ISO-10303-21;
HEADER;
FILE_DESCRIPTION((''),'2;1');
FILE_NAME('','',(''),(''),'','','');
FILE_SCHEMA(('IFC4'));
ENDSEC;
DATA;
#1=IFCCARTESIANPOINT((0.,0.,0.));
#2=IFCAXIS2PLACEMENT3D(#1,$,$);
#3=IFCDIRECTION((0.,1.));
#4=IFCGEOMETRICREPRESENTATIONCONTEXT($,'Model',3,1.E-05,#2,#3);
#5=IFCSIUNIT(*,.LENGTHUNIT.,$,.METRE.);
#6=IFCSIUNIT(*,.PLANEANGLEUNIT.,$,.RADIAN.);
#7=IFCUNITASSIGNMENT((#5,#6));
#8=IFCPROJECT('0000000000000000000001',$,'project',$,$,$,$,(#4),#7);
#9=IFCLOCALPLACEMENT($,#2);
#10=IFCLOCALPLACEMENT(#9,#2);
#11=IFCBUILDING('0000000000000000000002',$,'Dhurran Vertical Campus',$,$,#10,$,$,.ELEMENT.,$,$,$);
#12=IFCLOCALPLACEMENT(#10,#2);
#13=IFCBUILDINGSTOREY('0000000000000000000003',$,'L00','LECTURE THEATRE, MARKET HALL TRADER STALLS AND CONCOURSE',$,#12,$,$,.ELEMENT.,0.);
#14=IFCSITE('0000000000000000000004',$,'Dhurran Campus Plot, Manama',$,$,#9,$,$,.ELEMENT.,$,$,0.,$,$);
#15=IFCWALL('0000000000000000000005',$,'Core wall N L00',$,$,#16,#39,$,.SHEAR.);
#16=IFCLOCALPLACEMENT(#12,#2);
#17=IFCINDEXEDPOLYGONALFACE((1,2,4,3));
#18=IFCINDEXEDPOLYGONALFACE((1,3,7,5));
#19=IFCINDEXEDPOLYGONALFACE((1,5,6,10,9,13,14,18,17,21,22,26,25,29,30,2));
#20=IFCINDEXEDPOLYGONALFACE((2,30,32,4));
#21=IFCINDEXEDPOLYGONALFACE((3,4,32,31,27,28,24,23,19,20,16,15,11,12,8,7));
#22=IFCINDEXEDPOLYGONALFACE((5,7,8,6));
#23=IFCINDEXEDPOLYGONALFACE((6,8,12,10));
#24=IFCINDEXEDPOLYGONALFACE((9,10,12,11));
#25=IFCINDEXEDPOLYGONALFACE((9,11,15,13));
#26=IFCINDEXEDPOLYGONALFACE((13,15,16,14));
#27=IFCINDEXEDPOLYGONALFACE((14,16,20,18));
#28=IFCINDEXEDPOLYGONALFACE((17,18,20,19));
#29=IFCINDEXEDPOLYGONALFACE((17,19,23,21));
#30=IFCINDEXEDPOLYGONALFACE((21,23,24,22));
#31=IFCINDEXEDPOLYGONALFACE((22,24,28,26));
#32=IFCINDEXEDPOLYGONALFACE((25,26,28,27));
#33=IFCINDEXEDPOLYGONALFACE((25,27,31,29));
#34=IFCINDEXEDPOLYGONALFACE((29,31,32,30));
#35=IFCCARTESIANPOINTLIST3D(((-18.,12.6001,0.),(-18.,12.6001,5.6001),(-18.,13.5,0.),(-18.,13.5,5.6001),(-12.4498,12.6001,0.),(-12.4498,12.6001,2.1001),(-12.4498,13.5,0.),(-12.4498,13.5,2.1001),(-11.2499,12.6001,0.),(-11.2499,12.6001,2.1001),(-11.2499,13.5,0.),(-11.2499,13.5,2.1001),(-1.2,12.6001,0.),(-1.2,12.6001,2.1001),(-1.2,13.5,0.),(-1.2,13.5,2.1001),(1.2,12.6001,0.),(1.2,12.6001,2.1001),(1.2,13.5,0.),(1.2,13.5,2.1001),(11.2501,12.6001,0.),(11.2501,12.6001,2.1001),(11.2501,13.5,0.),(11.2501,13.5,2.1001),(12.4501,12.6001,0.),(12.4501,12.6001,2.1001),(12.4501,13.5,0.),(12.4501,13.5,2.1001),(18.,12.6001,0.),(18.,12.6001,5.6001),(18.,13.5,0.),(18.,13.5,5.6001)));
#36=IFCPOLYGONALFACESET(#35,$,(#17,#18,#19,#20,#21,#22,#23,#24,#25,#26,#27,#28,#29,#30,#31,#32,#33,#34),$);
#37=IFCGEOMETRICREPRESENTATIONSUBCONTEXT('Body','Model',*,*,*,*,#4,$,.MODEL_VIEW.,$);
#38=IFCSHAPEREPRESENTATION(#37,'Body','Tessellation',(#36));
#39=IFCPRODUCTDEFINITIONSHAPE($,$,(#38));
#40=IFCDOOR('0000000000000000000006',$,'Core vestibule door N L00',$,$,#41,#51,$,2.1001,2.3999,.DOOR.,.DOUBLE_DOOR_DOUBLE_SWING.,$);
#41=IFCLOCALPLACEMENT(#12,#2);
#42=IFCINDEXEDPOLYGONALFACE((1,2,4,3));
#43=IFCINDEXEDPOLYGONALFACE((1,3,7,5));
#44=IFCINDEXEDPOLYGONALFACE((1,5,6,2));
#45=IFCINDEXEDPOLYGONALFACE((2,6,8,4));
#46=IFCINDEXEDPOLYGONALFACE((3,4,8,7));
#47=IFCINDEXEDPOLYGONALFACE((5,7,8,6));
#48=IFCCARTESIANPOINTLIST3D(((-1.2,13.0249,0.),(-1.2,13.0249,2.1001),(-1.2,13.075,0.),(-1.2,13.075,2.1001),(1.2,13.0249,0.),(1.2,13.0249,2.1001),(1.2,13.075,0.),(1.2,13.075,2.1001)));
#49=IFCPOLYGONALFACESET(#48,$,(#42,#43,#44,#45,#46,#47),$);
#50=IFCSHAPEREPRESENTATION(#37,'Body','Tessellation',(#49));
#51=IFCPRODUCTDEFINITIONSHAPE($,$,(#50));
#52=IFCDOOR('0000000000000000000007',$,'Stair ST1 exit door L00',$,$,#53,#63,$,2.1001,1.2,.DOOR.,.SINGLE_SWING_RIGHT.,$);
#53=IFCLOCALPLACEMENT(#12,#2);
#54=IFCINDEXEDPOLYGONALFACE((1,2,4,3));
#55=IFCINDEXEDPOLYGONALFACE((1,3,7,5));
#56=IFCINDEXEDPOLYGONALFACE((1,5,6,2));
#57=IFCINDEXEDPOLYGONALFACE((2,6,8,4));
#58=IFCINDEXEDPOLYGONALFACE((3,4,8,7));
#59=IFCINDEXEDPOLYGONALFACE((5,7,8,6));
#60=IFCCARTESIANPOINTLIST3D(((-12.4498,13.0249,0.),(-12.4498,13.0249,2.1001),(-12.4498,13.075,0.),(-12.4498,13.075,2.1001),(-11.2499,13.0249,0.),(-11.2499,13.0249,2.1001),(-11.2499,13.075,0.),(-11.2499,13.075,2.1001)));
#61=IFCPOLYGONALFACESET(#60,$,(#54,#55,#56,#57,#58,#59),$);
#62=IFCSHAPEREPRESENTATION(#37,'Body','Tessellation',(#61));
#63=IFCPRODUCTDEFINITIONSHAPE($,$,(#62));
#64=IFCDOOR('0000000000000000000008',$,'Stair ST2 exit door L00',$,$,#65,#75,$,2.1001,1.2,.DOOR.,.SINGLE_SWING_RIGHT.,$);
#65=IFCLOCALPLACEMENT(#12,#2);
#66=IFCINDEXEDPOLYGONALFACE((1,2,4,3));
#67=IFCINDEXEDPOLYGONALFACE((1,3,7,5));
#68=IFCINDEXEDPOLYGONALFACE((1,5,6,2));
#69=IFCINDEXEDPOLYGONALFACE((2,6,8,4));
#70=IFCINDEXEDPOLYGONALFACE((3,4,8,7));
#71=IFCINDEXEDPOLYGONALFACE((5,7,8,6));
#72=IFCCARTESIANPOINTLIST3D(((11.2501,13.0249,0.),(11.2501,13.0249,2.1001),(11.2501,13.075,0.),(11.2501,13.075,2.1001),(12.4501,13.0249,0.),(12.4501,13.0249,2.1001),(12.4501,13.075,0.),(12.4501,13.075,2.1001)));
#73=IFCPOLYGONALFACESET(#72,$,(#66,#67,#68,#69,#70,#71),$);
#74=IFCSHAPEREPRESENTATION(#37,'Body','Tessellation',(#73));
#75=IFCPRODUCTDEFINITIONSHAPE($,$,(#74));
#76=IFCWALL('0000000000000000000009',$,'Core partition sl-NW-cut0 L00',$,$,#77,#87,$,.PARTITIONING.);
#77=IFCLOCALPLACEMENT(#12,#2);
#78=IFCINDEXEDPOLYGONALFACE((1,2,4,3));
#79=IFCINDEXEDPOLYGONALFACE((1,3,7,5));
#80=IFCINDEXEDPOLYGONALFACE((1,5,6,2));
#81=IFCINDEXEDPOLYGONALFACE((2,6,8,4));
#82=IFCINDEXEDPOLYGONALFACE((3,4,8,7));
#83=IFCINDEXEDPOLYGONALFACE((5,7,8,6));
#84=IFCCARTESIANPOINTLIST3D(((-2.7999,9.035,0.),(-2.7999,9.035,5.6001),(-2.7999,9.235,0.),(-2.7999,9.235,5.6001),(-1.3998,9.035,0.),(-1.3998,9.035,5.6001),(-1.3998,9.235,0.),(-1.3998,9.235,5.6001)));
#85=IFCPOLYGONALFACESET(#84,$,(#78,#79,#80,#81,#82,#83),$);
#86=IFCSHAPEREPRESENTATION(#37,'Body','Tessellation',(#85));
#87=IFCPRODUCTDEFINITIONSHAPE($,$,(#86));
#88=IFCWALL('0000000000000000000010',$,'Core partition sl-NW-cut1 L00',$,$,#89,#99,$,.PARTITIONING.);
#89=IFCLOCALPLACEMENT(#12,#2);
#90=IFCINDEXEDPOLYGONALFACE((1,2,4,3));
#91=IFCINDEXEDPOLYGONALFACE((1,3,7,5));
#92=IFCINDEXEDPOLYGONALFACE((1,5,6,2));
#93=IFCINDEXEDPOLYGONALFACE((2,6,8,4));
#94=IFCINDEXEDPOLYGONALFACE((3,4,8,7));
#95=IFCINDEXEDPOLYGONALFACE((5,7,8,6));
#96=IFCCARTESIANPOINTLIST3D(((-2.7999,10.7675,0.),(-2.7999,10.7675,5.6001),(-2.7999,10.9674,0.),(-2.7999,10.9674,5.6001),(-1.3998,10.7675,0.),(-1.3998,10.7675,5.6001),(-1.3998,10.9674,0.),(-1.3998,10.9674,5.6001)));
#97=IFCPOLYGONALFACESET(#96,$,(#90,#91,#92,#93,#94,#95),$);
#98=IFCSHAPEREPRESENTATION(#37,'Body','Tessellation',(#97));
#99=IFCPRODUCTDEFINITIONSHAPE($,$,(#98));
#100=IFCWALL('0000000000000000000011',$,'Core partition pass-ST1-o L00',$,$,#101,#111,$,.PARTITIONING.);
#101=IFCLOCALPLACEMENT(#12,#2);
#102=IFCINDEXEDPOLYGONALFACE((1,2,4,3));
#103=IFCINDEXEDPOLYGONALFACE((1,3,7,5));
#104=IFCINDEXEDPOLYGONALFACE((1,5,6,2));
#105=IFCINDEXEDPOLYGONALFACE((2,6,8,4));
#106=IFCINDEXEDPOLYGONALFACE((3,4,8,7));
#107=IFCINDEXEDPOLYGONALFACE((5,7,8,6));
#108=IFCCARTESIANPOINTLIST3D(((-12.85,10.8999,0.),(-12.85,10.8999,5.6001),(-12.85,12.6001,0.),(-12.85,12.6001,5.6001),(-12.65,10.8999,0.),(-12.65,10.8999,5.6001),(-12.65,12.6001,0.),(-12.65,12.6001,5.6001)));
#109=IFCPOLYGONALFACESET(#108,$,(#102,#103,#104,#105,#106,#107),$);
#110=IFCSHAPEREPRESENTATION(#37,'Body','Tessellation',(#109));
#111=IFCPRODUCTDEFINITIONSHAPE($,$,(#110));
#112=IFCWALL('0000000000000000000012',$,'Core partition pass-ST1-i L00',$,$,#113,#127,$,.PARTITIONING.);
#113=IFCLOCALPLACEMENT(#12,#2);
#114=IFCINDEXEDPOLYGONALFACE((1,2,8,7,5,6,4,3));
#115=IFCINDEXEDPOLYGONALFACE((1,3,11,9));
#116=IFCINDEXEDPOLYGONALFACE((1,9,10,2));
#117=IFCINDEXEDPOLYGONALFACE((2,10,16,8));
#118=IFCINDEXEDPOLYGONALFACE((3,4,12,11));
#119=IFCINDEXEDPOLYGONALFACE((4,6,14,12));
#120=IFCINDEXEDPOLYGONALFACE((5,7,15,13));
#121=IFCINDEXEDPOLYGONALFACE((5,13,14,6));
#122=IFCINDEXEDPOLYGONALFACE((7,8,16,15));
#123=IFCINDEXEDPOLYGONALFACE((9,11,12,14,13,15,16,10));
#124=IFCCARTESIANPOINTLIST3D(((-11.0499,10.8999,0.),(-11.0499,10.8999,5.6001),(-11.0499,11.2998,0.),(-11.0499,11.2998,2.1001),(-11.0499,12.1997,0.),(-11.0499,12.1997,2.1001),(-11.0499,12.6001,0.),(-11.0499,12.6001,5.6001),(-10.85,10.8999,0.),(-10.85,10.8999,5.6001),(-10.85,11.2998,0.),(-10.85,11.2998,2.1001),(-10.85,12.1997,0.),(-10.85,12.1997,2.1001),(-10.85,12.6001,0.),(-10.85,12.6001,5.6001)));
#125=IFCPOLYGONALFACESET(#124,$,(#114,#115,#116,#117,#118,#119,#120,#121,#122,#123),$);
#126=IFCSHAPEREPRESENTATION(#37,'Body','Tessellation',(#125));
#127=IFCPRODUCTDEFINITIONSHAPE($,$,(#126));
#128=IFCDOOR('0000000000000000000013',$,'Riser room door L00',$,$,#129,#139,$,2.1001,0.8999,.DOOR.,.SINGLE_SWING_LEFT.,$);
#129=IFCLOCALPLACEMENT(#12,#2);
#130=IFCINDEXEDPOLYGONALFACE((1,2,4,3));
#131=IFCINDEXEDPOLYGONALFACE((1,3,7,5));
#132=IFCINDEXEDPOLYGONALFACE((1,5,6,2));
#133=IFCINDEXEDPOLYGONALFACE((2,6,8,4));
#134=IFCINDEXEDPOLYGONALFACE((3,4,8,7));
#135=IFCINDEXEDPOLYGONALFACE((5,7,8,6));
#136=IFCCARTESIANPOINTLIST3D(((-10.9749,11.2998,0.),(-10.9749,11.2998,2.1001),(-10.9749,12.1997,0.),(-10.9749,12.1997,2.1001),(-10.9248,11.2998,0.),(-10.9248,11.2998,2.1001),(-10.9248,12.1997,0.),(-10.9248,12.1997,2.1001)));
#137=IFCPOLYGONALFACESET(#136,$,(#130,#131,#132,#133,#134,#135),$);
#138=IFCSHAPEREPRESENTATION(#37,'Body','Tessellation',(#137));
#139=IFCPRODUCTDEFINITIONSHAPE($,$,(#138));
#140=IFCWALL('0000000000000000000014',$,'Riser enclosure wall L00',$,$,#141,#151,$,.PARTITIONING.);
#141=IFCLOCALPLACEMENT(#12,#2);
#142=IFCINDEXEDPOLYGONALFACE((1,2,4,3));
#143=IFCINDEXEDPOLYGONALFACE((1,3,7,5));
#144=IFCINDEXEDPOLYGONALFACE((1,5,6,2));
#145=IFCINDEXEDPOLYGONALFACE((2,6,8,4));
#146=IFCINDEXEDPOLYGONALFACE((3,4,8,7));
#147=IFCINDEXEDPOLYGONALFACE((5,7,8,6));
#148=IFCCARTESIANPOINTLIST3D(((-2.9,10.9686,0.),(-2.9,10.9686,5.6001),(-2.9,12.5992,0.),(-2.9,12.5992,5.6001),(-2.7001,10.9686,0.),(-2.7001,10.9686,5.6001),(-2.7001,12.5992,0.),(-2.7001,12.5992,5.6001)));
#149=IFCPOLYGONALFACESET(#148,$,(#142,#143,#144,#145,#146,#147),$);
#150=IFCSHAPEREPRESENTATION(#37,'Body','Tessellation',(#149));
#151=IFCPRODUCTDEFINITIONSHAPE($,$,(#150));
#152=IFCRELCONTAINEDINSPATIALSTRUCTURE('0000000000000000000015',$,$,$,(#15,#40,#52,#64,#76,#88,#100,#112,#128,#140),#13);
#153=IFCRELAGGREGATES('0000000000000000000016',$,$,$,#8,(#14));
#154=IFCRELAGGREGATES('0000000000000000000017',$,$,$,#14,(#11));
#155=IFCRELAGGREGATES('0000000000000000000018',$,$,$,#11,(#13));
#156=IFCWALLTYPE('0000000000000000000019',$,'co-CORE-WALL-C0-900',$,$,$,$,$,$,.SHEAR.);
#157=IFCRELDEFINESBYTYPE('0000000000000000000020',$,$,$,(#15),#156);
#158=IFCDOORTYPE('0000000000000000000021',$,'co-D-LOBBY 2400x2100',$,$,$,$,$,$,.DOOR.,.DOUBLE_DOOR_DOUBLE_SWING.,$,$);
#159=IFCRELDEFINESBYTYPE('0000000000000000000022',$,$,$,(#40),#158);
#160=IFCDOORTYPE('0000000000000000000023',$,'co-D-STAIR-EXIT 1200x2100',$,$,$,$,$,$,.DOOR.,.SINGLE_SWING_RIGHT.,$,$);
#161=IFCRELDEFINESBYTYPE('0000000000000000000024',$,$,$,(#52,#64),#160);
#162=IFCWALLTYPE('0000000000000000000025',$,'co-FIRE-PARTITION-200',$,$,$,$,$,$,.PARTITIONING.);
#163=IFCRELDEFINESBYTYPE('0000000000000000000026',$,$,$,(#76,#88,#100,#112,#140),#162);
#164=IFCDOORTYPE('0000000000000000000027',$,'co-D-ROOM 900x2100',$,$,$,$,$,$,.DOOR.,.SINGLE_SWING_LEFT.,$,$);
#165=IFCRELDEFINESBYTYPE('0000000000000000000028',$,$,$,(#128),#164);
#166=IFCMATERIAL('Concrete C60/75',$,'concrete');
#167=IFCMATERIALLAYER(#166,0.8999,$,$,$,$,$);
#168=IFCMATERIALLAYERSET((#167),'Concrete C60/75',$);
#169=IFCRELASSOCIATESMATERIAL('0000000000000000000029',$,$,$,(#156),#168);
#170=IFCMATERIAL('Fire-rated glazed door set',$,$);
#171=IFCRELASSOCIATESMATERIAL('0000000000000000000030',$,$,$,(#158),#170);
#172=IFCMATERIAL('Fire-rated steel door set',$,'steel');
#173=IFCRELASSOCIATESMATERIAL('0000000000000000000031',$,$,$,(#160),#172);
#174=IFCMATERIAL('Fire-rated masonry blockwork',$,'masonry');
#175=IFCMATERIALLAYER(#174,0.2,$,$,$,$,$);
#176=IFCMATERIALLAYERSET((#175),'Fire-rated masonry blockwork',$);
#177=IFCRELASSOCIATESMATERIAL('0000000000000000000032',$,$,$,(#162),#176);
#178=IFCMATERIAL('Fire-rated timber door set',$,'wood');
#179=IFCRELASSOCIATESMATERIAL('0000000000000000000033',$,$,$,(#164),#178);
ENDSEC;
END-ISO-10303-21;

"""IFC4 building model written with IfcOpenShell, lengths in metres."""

from ifc_helpers import new_model, si_unit, direction, frame, frame_2d, origin, place, context, subcontext, project, spatial, rectangle, extrude, material, layer, layer_set, type_object, element, fill, save


model = new_model("IFC4")

# Units and contexts
model_context = context("Model", 3, precision=1e-05, world=origin(), true_north=direction((0.0, 1.0)))
body_context = subcontext(model_context, "Body", "Model", "MODEL_VIEW")
ifc_project = project(units=[si_unit("LENGTHUNIT", "METRE"), si_unit("PLANEANGLEUNIT", "RADIAN")], contexts=[model_context])

# Site, building, storey
site_placement = place(None, origin())
site = spatial("IfcSite", under=ifc_project, at=site_placement, Name="Dhurran Campus Plot, Manama", CompositionType="ELEMENT", RefElevation=0.0)
building_placement = place(site_placement, origin())
building = spatial("IfcBuilding", under=site, at=building_placement, Name="Dhurran Vertical Campus", CompositionType="ELEMENT")
storey_placement = place(building_placement, origin())
storey = spatial("IfcBuildingStorey", under=building, at=storey_placement, Name="L00", Description="LECTURE THEATRE, MARKET HALL TRADER STALLS AND CONCOURSE", CompositionType="ELEMENT", Elevation=0.0)

# Wall, openings, doors
ifc_material_1 = material(Name="Concrete C60/75", Category="concrete")
ifc_layer_1 = layer(ifc_material_1, 0.8999)
ifc_layer_set_1 = layer_set([ifc_layer_1], Name="Concrete C60/75")
wall_type_1 = type_object("IfcWallType", Name="co-CORE-WALL-C0-900", PredefinedType="SHEAR", material=ifc_layer_set_1)
wall_1_placement = place(storey_placement, frame((-18.0, 13.05, 0.0), z_axis=(0.0, 0.0, 1.0), x_axis=(1.0, 0.0, 0.0)))
wall_1 = element("IfcWall", 1, at=wall_1_placement, inside=storey, type_object=wall_type_1, Name="Core wall N L00", PredefinedType="SHEAR", context=body_context, shape_type="SweptSolid", body=[
    extrude(rectangle(XDim=36.0, YDim=0.8999, at=frame_2d((18.0, 0.0))), origin(), (0.0, 0.0, 1.0), 5.6001),
])
opening_1_placement = place(wall_1_placement, frame((16.8, 0.0, 0.0)))
opening_1 = element("IfcOpeningElement", 2, at=opening_1_placement, cuts=wall_1, PredefinedType="OPENING", context=body_context, shape_type="SweptSolid", body=[
    extrude(rectangle(XDim=2.3999, YDim=2.1001, at=frame_2d((1.2, 1.05))), frame((0.0, 0.46, 0.0), z_axis=(0.0, -1.0, 0.0), x_axis=(1.0, 0.0, 0.0)), (0.0, 0.0, 1.0), 0.9199),
])
opening_2_placement = place(wall_1_placement, frame((5.55, 0.0, 0.0)))
opening_2 = element("IfcOpeningElement", 3, at=opening_2_placement, cuts=wall_1, PredefinedType="OPENING", context=body_context, shape_type="SweptSolid", body=[
    extrude(rectangle(XDim=1.2, YDim=2.1001, at=frame_2d((0.6001, 1.05))), frame((0.0, 0.46, 0.0), z_axis=(0.0, -1.0, 0.0), x_axis=(1.0, 0.0, 0.0)), (0.0, 0.0, 1.0), 0.9199),
])
opening_3_placement = place(wall_1_placement, frame((29.25, 0.0, 0.0)))
opening_3 = element("IfcOpeningElement", 4, at=opening_3_placement, cuts=wall_1, PredefinedType="OPENING", context=body_context, shape_type="SweptSolid", body=[
    extrude(rectangle(XDim=1.2, YDim=2.1001, at=frame_2d((0.6001, 1.05))), frame((0.0, 0.46, 0.0), z_axis=(0.0, -1.0, 0.0), x_axis=(1.0, 0.0, 0.0)), (0.0, 0.0, 1.0), 0.9199),
])
ifc_material_2 = material(Name="Fire-rated glazed door set")
door_type_1 = type_object("IfcDoorType", Name="co-D-LOBBY 2400x2100", OperationType="DOUBLE_DOOR_DOUBLE_SWING", PredefinedType="DOOR", material=ifc_material_2)
door_1_placement = place(opening_1_placement, origin())
door_1 = element("IfcDoor", 5, at=door_1_placement, inside=storey, type_object=door_type_1, Name="Core vestibule door N L00", OperationType="DOUBLE_DOOR_DOUBLE_SWING", OverallHeight=2.1001, OverallWidth=2.3999, PredefinedType="DOOR", context=body_context, shape_type="SweptSolid", body=[
    extrude(rectangle(XDim=2.3999, YDim=2.1001, at=frame_2d((1.2, 1.05))), frame((0.0, 0.0249, 0.0), z_axis=(0.0, -1.0, 0.0), x_axis=(1.0, 0.0, 0.0)), (0.0, 0.0, 1.0), 0.05),
])
fill(opening_1, door_1)
ifc_material_3 = material(Name="Fire-rated steel door set", Category="steel")
door_type_2 = type_object("IfcDoorType", Name="co-D-STAIR-EXIT 1200x2100", OperationType="SINGLE_SWING_RIGHT", PredefinedType="DOOR", material=ifc_material_3)
door_2_placement = place(opening_2_placement, origin())
door_2 = element("IfcDoor", 6, at=door_2_placement, inside=storey, type_object=door_type_2, Name="Stair ST1 exit door L00", OperationType="SINGLE_SWING_RIGHT", OverallHeight=2.1001, OverallWidth=1.2, PredefinedType="DOOR", context=body_context, shape_type="SweptSolid", body=[
    extrude(rectangle(XDim=1.2, YDim=2.1001, at=frame_2d((0.6001, 1.05))), frame((0.0, 0.0249, 0.0), z_axis=(0.0, -1.0, 0.0), x_axis=(1.0, 0.0, 0.0)), (0.0, 0.0, 1.0), 0.05),
])
fill(opening_2, door_2)
door_3_placement = place(opening_3_placement, origin())
door_3 = element("IfcDoor", 7, at=door_3_placement, inside=storey, type_object=door_type_2, Name="Stair ST2 exit door L00", OperationType="SINGLE_SWING_RIGHT", OverallHeight=2.1001, OverallWidth=1.2, PredefinedType="DOOR", context=body_context, shape_type="SweptSolid", body=[
    extrude(rectangle(XDim=1.2, YDim=2.1001, at=frame_2d((0.6001, 1.05))), frame((0.0, 0.0249, 0.0), z_axis=(0.0, -1.0, 0.0), x_axis=(1.0, 0.0, 0.0)), (0.0, 0.0, 1.0), 0.05),
])
fill(opening_3, door_3)

# Walls
ifc_material_4 = material(Name="Fire-rated masonry blockwork", Category="masonry")
ifc_layer_2 = layer(ifc_material_4, 0.2)
ifc_layer_set_2 = layer_set([ifc_layer_2], Name="Fire-rated masonry blockwork")
wall_type_2 = type_object("IfcWallType", Name="co-FIRE-PARTITION-200", PredefinedType="PARTITIONING", material=ifc_layer_set_2)
for number, where, z_axis, x_axis, name in (
    (8, (-2.8, 9.135, 0.0), (0.0, 0.0, 1.0), (1.0, 0.0, 0.0), "Core partition sl-NW-cut0 L00"),
    (9, (-2.8, 10.8674, 0.0), (0.0, 0.0, 1.0), (1.0, 0.0, 0.0), "Core partition sl-NW-cut1 L00"),
):
    element("IfcWall", number, at=place(storey_placement, frame(where, z_axis=z_axis, x_axis=x_axis)), inside=storey, type_object=wall_type_2, Name=name, PredefinedType="PARTITIONING", context=body_context, shape_type="SweptSolid", body=[
        extrude(rectangle(XDim=1.4001, YDim=0.2, at=frame_2d((0.7002, 0.0))), origin(), (0.0, 0.0, 1.0), 5.6001),
    ])
wall_2_placement = place(storey_placement, frame((-12.75, 10.8999, 0.0), z_axis=(0.0, 0.0, 1.0), x_axis=(0.0, 1.0, 0.0)))
element("IfcWall", 10, at=wall_2_placement, inside=storey, type_object=wall_type_2, Name="Core partition pass-ST1-o L00", PredefinedType="PARTITIONING", context=body_context, shape_type="SweptSolid", body=[
    extrude(rectangle(XDim=1.7002, YDim=0.2, at=frame_2d((0.8501, 0.0))), origin(), (0.0, 0.0, 1.0), 5.6001),
])

# Wall, opening, door
wall_3_placement = place(storey_placement, frame((-10.95, 10.8999, 0.0), z_axis=(0.0, 0.0, 1.0), x_axis=(0.0, 1.0, 0.0)))
wall_3 = element("IfcWall", 11, at=wall_3_placement, inside=storey, type_object=wall_type_2, Name="Core partition pass-ST1-i L00", PredefinedType="PARTITIONING", context=body_context, shape_type="SweptSolid", body=[
    extrude(rectangle(XDim=1.7002, YDim=0.2, at=frame_2d((0.8501, 0.0))), origin(), (0.0, 0.0, 1.0), 5.6001),
])
opening_4_placement = place(wall_3_placement, frame((0.3999, 0.0, 0.0)))
opening_4 = element("IfcOpeningElement", 12, at=opening_4_placement, cuts=wall_3, PredefinedType="OPENING", context=body_context, shape_type="SweptSolid", body=[
    extrude(rectangle(XDim=0.8999, YDim=2.1001, at=frame_2d((0.45, 1.05))), frame((0.0, 0.1099, 0.0), z_axis=(0.0, -1.0, 0.0), x_axis=(1.0, 0.0, 0.0)), (0.0, 0.0, 1.0), 0.22),
])
ifc_material_5 = material(Name="Fire-rated timber door set", Category="wood")
door_type_3 = type_object("IfcDoorType", Name="co-D-ROOM 900x2100", OperationType="SINGLE_SWING_LEFT", PredefinedType="DOOR", material=ifc_material_5)
door_4_placement = place(opening_4_placement, origin())
door_4 = element("IfcDoor", 13, at=door_4_placement, inside=storey, type_object=door_type_3, Name="Riser room door L00", OperationType="SINGLE_SWING_LEFT", OverallHeight=2.1001, OverallWidth=0.8999, PredefinedType="DOOR", context=body_context, shape_type="SweptSolid", body=[
    extrude(rectangle(XDim=0.8999, YDim=2.1001, at=frame_2d((0.45, 1.05))), frame((0.0, 0.0249, 0.0), z_axis=(0.0, -1.0, 0.0), x_axis=(1.0, 0.0, 0.0)), (0.0, 0.0, 1.0), 0.05),
])
fill(opening_4, door_4)

# Wall
wall_4_placement = place(storey_placement, frame((-2.8, 10.9685, 0.0), z_axis=(0.0, 0.0, 1.0), x_axis=(0.0, 1.0, 0.0)))
element("IfcWall", 14, at=wall_4_placement, inside=storey, type_object=wall_type_2, Name="Riser enclosure wall L00", PredefinedType="PARTITIONING", context=body_context, shape_type="SweptSolid", body=[
    extrude(rectangle(XDim=1.6306, YDim=0.2, at=frame_2d((0.8154, 0.0))), origin(), (0.0, 0.0, 1.0), 5.6001),
])

save(model, "model.ifc")
